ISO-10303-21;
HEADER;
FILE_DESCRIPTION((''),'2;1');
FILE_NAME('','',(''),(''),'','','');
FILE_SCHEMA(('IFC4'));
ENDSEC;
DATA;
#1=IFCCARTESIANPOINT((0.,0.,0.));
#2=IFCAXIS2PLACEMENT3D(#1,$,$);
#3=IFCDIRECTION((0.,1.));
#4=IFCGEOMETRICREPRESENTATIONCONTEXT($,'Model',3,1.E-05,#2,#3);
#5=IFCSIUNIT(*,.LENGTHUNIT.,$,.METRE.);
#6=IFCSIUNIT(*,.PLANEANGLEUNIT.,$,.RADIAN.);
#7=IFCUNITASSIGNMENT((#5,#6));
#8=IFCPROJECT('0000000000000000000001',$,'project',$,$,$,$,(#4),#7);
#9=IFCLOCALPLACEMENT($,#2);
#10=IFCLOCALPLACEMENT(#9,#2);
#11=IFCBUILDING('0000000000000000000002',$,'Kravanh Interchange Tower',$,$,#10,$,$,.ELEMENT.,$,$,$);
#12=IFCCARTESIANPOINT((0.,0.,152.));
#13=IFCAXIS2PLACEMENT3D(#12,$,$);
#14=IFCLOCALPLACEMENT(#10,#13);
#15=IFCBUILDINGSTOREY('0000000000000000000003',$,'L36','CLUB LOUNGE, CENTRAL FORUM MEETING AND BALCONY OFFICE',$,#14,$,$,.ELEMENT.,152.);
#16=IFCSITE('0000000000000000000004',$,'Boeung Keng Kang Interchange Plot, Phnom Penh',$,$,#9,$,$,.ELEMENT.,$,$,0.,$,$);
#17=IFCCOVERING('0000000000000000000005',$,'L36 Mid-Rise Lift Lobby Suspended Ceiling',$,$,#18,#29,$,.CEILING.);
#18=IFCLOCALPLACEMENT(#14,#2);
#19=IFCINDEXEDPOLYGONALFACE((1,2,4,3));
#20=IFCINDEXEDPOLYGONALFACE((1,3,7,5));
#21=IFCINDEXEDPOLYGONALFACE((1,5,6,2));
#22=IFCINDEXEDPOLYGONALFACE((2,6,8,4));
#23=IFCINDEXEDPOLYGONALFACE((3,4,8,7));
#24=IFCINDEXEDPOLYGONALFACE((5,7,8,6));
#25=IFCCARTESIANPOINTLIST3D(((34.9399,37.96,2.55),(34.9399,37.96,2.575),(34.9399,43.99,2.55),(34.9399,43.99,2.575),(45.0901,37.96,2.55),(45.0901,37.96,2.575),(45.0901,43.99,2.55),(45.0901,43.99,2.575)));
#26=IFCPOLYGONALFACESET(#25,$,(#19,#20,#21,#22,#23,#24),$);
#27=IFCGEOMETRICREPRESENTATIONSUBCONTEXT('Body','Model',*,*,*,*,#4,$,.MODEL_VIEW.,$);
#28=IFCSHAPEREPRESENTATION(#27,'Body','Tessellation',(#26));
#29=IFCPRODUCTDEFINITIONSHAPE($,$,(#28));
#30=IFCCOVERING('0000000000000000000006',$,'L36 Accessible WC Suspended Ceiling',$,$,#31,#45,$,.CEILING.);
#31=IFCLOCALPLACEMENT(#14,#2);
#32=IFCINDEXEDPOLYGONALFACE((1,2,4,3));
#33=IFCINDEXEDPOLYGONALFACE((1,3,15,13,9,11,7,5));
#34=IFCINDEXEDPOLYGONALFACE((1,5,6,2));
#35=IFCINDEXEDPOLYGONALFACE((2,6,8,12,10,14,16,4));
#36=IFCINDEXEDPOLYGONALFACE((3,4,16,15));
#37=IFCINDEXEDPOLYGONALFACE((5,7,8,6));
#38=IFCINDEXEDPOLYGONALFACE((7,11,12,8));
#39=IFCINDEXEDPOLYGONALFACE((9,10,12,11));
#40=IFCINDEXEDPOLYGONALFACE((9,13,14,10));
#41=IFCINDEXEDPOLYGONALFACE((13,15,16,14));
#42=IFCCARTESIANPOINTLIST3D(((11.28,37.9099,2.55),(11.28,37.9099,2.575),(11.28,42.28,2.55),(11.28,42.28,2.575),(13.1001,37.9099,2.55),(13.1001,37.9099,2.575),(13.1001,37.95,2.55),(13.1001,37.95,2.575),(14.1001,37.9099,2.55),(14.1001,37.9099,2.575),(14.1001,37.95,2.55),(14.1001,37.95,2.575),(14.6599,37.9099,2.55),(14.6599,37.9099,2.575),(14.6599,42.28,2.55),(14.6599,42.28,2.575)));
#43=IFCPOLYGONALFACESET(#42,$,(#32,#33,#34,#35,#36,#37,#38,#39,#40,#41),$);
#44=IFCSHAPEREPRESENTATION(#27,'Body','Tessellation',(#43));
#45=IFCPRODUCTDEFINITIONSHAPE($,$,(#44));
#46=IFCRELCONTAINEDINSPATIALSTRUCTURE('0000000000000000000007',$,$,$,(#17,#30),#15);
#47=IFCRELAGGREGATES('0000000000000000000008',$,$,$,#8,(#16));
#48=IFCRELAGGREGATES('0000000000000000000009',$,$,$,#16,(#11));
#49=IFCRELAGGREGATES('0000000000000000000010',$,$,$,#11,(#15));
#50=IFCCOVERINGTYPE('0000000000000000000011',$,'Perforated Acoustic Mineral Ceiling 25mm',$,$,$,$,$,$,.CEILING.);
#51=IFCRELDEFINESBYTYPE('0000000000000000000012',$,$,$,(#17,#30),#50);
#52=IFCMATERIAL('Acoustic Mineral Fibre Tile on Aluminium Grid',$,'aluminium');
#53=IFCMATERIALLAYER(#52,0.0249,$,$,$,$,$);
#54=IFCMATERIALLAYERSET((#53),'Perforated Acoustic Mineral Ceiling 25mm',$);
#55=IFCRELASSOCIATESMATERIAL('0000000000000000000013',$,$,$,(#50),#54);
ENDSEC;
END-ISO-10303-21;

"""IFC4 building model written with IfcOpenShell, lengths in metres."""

from ifc_helpers import new_model, si_unit, direction, frame, origin, place, context, subcontext, project, spatial, polyline, outline, extrude, material, layer, layer_set, type_object, element, save


model = new_model("IFC4")

# Units and contexts
model_context = context("Model", 3, precision=1e-05, world=origin(), true_north=direction((0.0, 1.0)))
body_context = subcontext(model_context, "Body", "Model", "MODEL_VIEW")
ifc_project = project(units=[si_unit("LENGTHUNIT", "METRE"), si_unit("PLANEANGLEUNIT", "RADIAN")], contexts=[model_context])

# Site, building, storey
site_placement = place(None, origin())
site = spatial("IfcSite", under=ifc_project, at=site_placement, Name="Boeung Keng Kang Interchange Plot, Phnom Penh", CompositionType="ELEMENT", RefElevation=0.0)
building_placement = place(site_placement, origin())
building = spatial("IfcBuilding", under=site, at=building_placement, Name="Kravanh Interchange Tower", CompositionType="ELEMENT")
storey_placement = place(building_placement, frame((0.0, 0.0, 152.0)))
storey = spatial("IfcBuildingStorey", under=building, at=storey_placement, Name="L36", Description="CLUB LOUNGE, CENTRAL FORUM MEETING AND BALCONY OFFICE", CompositionType="ELEMENT", Elevation=152.0)

# Coverings
ifc_material_1 = material(Name="Acoustic Mineral Fibre Tile on Aluminium Grid", Category="aluminium")
ifc_layer_1 = layer(ifc_material_1, 0.0249)
ifc_layer_set_1 = layer_set([ifc_layer_1], Name="Perforated Acoustic Mineral Ceiling 25mm")
covering_type_1 = type_object("IfcCoveringType", Name="Perforated Acoustic Mineral Ceiling 25mm", PredefinedType="CEILING", material=ifc_layer_set_1)
covering_1_placement = place(storey_placement, frame((0.0, 0.0, 2.55)))
element("IfcCovering", 1, at=covering_1_placement, inside=storey, type_object=covering_type_1, Name="L36 Mid-Rise Lift Lobby Suspended Ceiling", PredefinedType="CEILING", context=body_context, shape_type="SweptSolid", body=[
    extrude(outline(polyline([(45.0901, 37.96), (34.9399, 37.96), (34.9399, 43.99), (45.0901, 43.99), (45.0901, 37.96)])), origin(), (0.0, 0.0, 1.0), 0.0249),
])
covering_2_placement = place(storey_placement, frame((0.0, 0.0, 2.55)))
element("IfcCovering", 2, at=covering_2_placement, inside=storey, type_object=covering_type_1, Name="L36 Accessible WC Suspended Ceiling", PredefinedType="CEILING", context=body_context, shape_type="SweptSolid", body=[
    extrude(outline(polyline([(14.6599, 42.28), (14.6599, 37.9099), (14.1001, 37.9099), (14.1001, 37.95), (13.1001, 37.95), (13.1001, 37.9099), (11.28, 37.9099), (11.28, 42.28), (14.6599, 42.28)])), origin(), (0.0, 0.0, 1.0), 0.0249),
])

save(model, "model.ifc")
